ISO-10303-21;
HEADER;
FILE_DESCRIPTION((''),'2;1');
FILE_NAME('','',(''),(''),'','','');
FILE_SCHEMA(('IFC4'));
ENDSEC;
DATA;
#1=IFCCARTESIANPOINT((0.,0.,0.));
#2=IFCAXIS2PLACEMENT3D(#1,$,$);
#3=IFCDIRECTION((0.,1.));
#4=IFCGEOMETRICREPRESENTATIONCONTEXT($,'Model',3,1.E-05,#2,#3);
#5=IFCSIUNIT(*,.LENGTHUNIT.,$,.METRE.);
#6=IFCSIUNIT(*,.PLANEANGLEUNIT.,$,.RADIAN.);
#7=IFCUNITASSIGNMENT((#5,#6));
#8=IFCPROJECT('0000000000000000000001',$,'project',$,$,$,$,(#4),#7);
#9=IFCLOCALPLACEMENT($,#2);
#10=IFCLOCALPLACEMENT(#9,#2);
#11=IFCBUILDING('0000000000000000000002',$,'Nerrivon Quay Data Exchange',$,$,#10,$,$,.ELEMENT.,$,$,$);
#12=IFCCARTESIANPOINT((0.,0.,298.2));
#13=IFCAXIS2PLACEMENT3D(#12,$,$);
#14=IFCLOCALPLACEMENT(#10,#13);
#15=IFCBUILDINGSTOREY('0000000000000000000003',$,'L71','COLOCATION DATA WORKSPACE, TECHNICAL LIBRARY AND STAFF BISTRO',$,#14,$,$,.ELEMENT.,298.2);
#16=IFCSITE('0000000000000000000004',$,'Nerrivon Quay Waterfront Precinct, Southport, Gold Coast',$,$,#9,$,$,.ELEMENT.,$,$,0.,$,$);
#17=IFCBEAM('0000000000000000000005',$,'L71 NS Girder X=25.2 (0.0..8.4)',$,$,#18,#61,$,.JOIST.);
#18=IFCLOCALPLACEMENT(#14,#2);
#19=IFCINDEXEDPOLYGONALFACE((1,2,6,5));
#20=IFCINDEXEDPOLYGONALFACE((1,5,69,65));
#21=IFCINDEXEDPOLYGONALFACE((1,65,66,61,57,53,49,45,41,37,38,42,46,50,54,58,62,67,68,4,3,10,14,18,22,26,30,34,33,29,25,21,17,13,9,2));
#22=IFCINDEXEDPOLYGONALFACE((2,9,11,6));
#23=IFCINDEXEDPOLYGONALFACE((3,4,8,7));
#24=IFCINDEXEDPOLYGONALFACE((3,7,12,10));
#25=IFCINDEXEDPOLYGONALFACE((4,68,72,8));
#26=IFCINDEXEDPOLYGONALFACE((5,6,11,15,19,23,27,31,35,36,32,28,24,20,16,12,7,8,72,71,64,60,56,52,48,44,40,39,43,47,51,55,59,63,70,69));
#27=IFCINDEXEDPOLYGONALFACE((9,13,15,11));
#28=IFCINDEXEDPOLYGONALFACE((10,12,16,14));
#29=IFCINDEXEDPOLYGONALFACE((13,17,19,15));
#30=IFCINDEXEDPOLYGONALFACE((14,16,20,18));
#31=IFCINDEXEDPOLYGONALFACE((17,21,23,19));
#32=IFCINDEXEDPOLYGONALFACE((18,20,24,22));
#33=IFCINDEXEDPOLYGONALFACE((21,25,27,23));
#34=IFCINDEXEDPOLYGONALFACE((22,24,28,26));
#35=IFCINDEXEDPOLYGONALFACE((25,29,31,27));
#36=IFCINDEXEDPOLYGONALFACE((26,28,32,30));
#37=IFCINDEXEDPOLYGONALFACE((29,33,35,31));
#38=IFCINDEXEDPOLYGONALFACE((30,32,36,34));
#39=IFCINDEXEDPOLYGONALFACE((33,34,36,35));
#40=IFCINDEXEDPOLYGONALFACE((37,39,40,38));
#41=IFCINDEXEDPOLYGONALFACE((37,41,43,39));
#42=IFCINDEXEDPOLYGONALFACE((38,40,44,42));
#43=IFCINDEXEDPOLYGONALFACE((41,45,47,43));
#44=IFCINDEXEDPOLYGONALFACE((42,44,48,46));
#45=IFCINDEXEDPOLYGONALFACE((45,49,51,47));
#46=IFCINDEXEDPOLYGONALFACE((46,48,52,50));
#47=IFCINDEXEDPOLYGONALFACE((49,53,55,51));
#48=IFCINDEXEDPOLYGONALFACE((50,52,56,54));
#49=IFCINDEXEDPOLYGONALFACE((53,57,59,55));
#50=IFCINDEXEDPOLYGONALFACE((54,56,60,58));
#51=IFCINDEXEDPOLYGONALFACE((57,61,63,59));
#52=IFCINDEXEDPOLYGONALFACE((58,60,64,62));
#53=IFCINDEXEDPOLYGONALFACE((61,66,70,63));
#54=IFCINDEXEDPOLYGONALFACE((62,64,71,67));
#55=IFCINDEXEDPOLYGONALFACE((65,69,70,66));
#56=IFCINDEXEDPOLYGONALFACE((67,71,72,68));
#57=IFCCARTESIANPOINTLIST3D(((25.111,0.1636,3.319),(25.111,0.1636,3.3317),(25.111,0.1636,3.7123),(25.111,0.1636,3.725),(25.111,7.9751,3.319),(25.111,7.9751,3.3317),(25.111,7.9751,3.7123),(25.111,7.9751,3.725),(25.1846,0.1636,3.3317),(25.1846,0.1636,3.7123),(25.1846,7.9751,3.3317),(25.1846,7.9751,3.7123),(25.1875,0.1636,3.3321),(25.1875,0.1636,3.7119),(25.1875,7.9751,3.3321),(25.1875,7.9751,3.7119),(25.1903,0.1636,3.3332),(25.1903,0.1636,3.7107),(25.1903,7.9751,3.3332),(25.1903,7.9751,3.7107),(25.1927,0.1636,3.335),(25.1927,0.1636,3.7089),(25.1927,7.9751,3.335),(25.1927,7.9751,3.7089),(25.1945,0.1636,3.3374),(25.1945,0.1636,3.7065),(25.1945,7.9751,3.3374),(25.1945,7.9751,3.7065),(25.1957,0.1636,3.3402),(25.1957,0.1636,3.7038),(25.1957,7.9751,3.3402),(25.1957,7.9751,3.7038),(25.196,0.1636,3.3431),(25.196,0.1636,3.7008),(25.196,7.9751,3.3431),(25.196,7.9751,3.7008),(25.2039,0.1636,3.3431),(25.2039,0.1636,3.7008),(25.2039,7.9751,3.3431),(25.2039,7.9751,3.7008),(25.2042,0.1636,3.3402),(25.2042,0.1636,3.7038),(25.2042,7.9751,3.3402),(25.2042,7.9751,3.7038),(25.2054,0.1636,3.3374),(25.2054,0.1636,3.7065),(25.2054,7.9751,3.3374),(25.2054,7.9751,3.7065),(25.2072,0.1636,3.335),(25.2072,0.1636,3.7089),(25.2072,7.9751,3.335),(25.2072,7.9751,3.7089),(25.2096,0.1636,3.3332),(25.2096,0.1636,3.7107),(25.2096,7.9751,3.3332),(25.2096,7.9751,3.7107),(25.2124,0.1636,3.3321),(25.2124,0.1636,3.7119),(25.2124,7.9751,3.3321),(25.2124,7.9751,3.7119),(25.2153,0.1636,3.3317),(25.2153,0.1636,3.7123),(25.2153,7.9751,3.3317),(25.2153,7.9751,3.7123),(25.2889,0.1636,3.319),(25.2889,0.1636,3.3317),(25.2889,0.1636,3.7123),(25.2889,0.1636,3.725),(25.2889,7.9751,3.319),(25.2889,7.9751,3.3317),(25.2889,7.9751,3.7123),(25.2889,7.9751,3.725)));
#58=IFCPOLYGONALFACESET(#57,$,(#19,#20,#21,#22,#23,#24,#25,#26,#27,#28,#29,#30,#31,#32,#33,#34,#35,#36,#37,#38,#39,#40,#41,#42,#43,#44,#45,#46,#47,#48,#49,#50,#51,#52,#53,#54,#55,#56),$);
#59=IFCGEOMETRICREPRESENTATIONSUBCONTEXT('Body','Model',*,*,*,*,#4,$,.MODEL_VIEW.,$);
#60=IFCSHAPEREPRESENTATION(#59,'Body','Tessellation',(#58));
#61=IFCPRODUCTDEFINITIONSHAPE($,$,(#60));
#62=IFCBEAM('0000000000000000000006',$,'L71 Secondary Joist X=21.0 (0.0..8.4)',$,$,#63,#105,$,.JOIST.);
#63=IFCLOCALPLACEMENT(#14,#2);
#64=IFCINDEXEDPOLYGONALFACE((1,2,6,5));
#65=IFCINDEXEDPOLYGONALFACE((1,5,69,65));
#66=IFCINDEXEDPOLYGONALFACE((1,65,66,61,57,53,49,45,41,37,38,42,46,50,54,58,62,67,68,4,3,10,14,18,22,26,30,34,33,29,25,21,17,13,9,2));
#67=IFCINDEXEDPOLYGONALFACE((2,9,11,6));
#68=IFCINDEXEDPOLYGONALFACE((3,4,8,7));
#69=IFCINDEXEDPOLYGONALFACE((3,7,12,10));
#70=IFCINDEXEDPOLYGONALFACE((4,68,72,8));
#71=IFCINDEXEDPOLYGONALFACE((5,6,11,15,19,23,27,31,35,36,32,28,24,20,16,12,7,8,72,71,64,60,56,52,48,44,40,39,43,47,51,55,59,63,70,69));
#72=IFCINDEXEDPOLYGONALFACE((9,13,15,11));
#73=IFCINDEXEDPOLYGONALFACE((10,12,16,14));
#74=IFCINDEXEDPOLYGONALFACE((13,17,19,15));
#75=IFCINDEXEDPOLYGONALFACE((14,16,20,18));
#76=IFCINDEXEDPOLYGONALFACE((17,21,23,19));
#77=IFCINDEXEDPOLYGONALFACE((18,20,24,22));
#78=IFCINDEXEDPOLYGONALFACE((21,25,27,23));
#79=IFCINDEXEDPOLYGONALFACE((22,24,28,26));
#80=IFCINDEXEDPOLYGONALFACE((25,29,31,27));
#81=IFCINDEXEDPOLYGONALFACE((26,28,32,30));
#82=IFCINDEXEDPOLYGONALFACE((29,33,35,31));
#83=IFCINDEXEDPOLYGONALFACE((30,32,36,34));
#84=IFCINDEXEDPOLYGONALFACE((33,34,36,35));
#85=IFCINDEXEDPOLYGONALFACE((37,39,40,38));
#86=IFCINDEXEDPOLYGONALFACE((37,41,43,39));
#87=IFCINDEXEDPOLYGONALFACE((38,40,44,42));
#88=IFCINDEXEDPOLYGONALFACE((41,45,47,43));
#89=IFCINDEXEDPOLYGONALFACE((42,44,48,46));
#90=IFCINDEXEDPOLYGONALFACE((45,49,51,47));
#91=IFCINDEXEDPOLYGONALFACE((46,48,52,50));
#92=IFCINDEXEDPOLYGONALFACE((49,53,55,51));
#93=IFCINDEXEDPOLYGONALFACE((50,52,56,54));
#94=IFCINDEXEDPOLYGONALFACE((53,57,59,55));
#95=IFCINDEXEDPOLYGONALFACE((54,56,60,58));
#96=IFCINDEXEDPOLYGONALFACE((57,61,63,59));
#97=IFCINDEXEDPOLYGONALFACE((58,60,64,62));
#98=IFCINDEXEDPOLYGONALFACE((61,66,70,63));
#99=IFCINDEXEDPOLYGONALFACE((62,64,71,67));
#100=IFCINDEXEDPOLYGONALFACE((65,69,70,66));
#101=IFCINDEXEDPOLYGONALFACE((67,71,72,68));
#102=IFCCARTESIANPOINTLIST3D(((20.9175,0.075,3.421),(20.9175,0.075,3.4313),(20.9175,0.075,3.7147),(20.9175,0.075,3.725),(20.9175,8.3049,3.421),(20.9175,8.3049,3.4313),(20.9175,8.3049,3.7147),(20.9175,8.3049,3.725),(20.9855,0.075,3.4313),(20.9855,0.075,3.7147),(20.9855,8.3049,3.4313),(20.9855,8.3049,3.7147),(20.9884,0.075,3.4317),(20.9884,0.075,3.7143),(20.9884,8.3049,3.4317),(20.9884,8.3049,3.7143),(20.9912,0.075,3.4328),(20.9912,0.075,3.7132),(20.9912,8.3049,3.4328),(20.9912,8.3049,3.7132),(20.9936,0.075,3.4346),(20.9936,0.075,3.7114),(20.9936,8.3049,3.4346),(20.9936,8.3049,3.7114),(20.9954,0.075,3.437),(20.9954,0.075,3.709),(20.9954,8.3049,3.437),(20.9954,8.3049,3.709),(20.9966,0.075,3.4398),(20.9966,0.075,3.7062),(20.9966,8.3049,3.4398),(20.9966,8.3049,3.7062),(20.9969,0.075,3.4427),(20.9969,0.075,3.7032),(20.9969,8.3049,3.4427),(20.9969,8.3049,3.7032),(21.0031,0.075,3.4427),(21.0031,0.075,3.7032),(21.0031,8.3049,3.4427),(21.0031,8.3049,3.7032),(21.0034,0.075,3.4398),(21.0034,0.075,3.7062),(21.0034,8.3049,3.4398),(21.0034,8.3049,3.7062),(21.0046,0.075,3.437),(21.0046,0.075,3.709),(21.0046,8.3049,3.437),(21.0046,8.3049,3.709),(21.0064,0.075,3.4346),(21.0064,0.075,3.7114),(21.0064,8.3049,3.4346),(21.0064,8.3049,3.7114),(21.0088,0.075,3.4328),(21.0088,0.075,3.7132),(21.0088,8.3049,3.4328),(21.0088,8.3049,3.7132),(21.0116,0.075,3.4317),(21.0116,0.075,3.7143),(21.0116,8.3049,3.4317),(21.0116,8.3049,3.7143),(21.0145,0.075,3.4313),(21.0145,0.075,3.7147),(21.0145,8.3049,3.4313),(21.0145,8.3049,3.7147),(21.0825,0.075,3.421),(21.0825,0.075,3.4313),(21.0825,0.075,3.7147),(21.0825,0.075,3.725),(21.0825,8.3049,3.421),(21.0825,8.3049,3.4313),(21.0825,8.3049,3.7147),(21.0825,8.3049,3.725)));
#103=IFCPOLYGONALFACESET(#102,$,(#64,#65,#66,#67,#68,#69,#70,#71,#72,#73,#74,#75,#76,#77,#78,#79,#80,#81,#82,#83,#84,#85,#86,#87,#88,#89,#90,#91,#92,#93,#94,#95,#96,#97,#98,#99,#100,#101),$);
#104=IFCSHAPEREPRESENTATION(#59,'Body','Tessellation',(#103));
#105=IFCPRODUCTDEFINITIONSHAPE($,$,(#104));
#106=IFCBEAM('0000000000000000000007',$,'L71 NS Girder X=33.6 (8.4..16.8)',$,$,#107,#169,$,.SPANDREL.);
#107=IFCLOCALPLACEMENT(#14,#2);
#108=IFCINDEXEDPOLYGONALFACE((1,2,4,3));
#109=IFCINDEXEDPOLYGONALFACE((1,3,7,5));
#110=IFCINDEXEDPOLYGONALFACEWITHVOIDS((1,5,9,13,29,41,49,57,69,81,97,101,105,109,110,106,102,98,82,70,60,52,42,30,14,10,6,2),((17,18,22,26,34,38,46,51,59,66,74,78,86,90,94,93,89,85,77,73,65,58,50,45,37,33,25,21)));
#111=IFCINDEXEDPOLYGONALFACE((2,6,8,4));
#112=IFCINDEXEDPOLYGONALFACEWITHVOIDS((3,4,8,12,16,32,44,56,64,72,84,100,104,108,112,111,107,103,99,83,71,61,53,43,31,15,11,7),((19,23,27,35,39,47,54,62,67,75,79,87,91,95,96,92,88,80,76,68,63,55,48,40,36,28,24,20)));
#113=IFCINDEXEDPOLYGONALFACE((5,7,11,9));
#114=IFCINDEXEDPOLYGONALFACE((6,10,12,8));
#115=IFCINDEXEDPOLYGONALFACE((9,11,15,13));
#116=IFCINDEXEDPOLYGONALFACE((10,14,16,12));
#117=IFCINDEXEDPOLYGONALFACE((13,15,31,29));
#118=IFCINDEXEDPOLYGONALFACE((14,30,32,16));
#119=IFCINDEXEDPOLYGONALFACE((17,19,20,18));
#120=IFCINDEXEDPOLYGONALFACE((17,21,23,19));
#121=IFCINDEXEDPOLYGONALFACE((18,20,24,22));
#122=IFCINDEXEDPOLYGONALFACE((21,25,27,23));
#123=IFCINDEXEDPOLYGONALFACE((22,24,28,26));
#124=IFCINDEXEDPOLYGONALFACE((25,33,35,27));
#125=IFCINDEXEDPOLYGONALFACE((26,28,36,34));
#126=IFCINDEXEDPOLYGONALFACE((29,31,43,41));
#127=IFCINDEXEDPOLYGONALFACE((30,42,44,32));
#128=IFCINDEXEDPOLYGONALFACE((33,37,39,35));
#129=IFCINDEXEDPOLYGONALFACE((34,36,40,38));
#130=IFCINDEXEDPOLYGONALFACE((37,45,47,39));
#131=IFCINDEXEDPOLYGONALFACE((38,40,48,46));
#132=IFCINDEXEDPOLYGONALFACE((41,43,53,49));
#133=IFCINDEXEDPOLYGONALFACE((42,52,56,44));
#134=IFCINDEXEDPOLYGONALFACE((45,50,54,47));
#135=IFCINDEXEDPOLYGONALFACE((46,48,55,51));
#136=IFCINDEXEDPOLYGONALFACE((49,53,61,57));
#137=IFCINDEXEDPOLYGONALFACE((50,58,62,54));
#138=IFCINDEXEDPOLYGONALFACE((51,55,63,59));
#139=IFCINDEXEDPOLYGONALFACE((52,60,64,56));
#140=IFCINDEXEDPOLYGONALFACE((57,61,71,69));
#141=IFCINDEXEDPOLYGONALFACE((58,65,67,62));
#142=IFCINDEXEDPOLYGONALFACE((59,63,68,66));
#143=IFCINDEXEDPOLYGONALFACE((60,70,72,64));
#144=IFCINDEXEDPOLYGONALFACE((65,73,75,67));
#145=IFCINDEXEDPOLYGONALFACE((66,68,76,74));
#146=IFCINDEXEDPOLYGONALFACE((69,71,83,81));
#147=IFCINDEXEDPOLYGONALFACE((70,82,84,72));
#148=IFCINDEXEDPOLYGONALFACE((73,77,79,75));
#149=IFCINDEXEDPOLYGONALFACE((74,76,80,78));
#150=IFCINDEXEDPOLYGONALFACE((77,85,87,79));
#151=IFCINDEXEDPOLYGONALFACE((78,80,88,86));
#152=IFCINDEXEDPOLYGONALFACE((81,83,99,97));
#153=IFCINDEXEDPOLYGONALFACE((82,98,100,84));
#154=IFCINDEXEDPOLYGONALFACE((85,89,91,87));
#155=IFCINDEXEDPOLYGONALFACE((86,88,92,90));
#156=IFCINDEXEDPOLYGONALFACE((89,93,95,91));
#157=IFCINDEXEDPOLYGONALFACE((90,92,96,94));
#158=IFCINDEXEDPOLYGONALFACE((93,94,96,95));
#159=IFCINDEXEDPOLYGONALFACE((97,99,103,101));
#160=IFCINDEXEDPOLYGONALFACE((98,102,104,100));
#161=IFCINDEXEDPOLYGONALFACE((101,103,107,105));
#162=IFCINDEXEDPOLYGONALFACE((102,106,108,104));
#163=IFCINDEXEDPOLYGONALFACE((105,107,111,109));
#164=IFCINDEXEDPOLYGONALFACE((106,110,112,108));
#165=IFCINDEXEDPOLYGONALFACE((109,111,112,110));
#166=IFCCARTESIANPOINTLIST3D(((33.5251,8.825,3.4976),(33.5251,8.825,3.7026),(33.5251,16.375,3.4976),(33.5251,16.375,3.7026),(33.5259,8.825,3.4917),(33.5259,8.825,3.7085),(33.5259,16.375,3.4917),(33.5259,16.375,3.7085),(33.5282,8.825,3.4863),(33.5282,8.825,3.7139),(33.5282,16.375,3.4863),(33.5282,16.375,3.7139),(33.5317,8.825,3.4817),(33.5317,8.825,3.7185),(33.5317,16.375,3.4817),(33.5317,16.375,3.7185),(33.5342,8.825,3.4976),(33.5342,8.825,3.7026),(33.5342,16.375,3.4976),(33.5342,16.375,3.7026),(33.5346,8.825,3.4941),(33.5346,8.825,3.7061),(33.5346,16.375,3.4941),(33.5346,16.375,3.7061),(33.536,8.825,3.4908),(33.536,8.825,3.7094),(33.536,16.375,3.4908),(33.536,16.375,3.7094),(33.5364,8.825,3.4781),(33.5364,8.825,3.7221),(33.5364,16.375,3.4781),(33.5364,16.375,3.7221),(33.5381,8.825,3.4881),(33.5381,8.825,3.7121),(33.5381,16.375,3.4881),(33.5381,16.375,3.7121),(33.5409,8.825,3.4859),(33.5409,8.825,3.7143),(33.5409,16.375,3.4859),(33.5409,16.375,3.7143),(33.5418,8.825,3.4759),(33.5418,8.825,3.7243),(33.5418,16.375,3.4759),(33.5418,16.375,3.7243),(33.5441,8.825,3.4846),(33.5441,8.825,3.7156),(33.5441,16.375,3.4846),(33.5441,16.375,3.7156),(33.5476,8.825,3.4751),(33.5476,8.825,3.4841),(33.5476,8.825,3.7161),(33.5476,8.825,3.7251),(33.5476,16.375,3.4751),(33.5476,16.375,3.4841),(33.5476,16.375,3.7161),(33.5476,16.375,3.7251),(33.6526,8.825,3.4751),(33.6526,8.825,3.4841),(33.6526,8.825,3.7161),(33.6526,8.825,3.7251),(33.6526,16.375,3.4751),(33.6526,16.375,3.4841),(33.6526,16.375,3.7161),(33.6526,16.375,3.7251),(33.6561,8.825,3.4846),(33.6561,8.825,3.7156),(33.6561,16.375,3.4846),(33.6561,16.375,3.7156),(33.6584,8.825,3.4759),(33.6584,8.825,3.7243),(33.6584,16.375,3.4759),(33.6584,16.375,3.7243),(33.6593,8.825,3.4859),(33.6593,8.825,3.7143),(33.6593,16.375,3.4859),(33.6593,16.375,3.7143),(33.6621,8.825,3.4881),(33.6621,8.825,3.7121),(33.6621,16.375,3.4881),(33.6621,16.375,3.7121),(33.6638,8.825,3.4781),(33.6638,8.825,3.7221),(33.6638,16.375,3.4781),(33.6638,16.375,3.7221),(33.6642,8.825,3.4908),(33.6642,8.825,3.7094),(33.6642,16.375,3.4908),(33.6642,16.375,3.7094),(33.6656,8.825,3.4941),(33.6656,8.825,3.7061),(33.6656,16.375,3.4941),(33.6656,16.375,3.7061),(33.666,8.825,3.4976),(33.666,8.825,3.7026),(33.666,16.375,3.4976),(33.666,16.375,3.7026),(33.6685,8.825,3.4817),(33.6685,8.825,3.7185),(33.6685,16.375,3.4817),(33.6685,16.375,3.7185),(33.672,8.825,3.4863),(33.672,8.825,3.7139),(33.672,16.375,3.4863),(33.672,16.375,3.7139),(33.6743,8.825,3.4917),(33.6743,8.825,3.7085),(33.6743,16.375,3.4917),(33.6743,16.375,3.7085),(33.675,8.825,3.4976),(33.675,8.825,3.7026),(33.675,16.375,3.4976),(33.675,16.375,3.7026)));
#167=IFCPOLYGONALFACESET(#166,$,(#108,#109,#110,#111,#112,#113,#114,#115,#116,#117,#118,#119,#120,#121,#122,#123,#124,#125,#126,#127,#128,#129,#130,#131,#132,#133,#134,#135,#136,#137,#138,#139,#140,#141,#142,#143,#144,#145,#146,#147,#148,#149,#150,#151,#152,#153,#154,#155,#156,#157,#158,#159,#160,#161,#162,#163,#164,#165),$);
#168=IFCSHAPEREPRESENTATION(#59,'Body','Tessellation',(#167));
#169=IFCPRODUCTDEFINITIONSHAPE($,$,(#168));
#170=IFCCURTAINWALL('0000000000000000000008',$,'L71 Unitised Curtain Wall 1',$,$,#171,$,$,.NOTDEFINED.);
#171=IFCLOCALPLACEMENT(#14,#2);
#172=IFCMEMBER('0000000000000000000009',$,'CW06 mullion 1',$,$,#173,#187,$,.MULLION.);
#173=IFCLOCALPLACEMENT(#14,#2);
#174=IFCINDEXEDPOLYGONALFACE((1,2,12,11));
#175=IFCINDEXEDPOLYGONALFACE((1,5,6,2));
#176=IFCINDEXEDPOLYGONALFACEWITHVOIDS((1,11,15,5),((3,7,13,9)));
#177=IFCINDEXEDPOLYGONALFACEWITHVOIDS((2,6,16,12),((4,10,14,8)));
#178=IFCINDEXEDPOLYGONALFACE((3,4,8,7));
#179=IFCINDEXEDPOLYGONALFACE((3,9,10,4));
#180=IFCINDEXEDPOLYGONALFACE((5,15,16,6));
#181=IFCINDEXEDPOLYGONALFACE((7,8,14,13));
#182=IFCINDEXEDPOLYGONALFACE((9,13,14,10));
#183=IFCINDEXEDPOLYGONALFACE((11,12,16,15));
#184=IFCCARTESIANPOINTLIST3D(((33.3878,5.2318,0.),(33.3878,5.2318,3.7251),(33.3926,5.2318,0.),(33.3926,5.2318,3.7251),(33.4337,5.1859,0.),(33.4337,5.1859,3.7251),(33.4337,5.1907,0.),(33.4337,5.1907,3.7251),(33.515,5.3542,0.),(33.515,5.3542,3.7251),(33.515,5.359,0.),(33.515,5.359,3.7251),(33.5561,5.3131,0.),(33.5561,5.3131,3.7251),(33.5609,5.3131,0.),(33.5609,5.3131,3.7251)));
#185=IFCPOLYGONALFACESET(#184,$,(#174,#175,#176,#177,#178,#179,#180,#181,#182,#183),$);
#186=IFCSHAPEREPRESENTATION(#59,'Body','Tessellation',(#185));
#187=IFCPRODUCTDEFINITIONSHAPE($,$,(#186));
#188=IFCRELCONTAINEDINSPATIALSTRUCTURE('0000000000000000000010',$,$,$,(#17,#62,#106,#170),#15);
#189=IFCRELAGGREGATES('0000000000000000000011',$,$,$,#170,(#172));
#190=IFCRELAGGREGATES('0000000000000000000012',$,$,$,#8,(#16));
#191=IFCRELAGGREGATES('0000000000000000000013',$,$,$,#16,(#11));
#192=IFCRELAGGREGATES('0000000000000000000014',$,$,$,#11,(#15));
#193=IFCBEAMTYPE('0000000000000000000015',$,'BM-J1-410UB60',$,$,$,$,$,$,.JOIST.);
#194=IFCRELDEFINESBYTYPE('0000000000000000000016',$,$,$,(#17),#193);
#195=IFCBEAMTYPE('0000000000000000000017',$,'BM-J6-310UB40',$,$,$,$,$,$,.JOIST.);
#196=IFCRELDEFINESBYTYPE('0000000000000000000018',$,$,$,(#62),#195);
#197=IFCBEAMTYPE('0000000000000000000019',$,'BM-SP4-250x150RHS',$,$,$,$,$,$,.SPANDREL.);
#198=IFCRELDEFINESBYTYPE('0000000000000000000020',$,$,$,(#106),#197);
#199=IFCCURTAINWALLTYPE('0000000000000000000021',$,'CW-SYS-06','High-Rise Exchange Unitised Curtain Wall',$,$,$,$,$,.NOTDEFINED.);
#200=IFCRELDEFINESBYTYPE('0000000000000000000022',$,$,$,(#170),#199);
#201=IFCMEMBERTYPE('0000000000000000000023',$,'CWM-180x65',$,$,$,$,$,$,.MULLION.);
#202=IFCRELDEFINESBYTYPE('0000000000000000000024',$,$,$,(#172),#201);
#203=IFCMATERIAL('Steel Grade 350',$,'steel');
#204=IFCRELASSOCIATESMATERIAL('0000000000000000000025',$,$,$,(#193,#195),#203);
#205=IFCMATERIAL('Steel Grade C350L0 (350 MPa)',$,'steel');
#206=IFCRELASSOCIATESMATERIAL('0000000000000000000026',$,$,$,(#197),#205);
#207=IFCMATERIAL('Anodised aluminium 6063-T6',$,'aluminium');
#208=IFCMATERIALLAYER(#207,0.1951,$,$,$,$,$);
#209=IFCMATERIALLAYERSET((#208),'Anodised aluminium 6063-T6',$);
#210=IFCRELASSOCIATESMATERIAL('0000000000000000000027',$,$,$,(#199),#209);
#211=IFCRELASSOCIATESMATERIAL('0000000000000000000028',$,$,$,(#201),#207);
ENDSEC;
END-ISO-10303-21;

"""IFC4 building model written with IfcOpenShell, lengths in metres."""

from ifc_helpers import new_model, si_unit, direction, frame, origin, origin_2d, place, context, subcontext, project, spatial, hollow_rectangle, i_section, extrude, material, layer, layer_set, material_profile, profile_set, type_object, element, aggregate, save


model = new_model("IFC4")

# Units and contexts
model_context = context("Model", 3, precision=1e-05, world=origin(), true_north=direction((0.0, 1.0)))
body_context = subcontext(model_context, "Body", "Model", "MODEL_VIEW")
ifc_project = project(units=[si_unit("LENGTHUNIT", "METRE"), si_unit("PLANEANGLEUNIT", "RADIAN")], contexts=[model_context])

# Site, building, storey
site_placement = place(None, origin())
site = spatial("IfcSite", under=ifc_project, at=site_placement, Name="Nerrivon Quay Waterfront Precinct, Southport, Gold Coast", CompositionType="ELEMENT", RefElevation=0.0)
building_placement = place(site_placement, origin())
building = spatial("IfcBuilding", under=site, at=building_placement, Name="Nerrivon Quay Data Exchange", CompositionType="ELEMENT")
storey_placement = place(building_placement, frame((0.0, 0.0, 298.2)))
storey = spatial("IfcBuildingStorey", under=building, at=storey_placement, Name="L71", Description="COLOCATION DATA WORKSPACE, TECHNICAL LIBRARY AND STAFF BISTRO", CompositionType="ELEMENT", Elevation=298.2)

# Shared definitions
ifc_material_1 = material(Name="Steel Grade 350", Category="steel")

# Beams
ifc_material_profile_1 = material_profile(ifc_material_1, i_section(OverallWidth=0.178, OverallDepth=0.406, WebThickness=0.0078, FlangeThickness=0.0127, FilletRadius=0.0115, at=origin_2d()), Name="410UB59.7")
ifc_profile_set_1 = profile_set([ifc_material_profile_1], Name="Steel Grade 350")
beam_type_1 = type_object("IfcBeamType", Name="BM-J1-410UB60", PredefinedType="JOIST", material=ifc_profile_set_1)
beam_1_placement = place(storey_placement, frame((25.2, 0.1636, 3.522), z_axis=(0.0, 1.0, 0.0), x_axis=(-1.0, 0.0, 0.0)))
element("IfcBeam", 1, at=beam_1_placement, inside=storey, type_object=beam_type_1, Name="L71 NS Girder X=25.2 (0.0..8.4)", PredefinedType="JOIST", context=body_context, shape_type="SweptSolid", body=[
    extrude(i_section(OverallWidth=0.178, OverallDepth=0.406, WebThickness=0.0078, FlangeThickness=0.0127, FilletRadius=0.0115, at=origin_2d()), origin(), (0.0, 0.0, 1.0), 7.8115),
])
ifc_material_profile_2 = material_profile(ifc_material_1, i_section(OverallWidth=0.165, OverallDepth=0.304, WebThickness=0.0061, FlangeThickness=0.0103, FilletRadius=0.0115, at=origin_2d()), Name="310UB40.4")
ifc_profile_set_2 = profile_set([ifc_material_profile_2], Name="Steel Grade 350")
beam_type_2 = type_object("IfcBeamType", Name="BM-J6-310UB40", PredefinedType="JOIST", material=ifc_profile_set_2)
beam_2_placement = place(storey_placement, frame((21.0, 0.075, 3.573), z_axis=(0.0, 1.0, 0.0), x_axis=(-1.0, 0.0, 0.0)))
element("IfcBeam", 2, at=beam_2_placement, inside=storey, type_object=beam_type_2, Name="L71 Secondary Joist X=21.0 (0.0..8.4)", PredefinedType="JOIST", context=body_context, shape_type="SweptSolid", body=[
    extrude(i_section(OverallWidth=0.165, OverallDepth=0.304, WebThickness=0.0061, FlangeThickness=0.0103, FilletRadius=0.0115, at=origin_2d()), origin(), (0.0, 0.0, 1.0), 8.23),
])
ifc_material_2 = material(Name="Steel Grade C350L0 (350 MPa)", Category="steel")
ifc_material_profile_3 = material_profile(ifc_material_2, hollow_rectangle(XDim=0.1499, YDim=0.25, WallThickness=0.009, InnerFilletRadius=0.0134, OuterFilletRadius=0.0225, at=origin_2d()), Name="250x150x9.0RHS")
ifc_profile_set_3 = profile_set([ifc_material_profile_3], Name="Steel Grade C350L0 (350 MPa)")
beam_type_3 = type_object("IfcBeamType", Name="BM-SP4-250x150RHS", PredefinedType="SPANDREL", material=ifc_profile_set_3)
beam_3_placement = place(storey_placement, frame((33.6001, 8.825, 3.6001), z_axis=(0.0, 1.0, 0.0), x_axis=(-1.0, 0.0, 0.0)))
element("IfcBeam", 3, at=beam_3_placement, inside=storey, type_object=beam_type_3, Name="L71 NS Girder X=33.6 (8.4..16.8)", PredefinedType="SPANDREL", context=body_context, shape_type="SweptSolid", body=[
    extrude(hollow_rectangle(XDim=0.1499, YDim=0.25, WallThickness=0.009, InnerFilletRadius=0.0134, OuterFilletRadius=0.0225, at=origin_2d()), origin(), (0.0, 0.0, 1.0), 7.55),
])

# Curtain wall, member
ifc_material_3 = material(Name="Anodised aluminium 6063-T6", Category="aluminium")
ifc_layer_1 = layer(ifc_material_3, 0.1951)
ifc_layer_set_1 = layer_set([ifc_layer_1], Name="Anodised aluminium 6063-T6")
curtain_wall_type = type_object("IfcCurtainWallType", Name="CW-SYS-06", Description="High-Rise Exchange Unitised Curtain Wall", PredefinedType="NOTDEFINED", material=ifc_layer_set_1)
curtain_wall_1_placement = place(storey_placement, origin())
curtain_wall_1 = element("IfcCurtainWall", 4, at=curtain_wall_1_placement, inside=storey, type_object=curtain_wall_type, Name="L71 Unitised Curtain Wall 1", PredefinedType="NOTDEFINED")
ifc_material_profile_4 = material_profile(ifc_material_3, hollow_rectangle(XDim=0.0649, YDim=0.1799, WallThickness=0.0034, at=origin_2d()), Name="ALU-MULL-180x65")
ifc_profile_set_4 = profile_set([ifc_material_profile_4], Name="Anodised aluminium 6063-T6")
member_type_1 = type_object("IfcMemberType", Name="CWM-180x65", PredefinedType="MULLION", material=ifc_profile_set_4)
member_1_placement = place(storey_placement, frame((33.4744, 5.2725, 0.0), z_axis=(0.0, 0.0, 1.0), x_axis=(0.707107, -0.707107, 0.0)))
member_1 = element("IfcMember", 5, at=member_1_placement, type_object=member_type_1, Name="CW06 mullion 1", PredefinedType="MULLION", context=body_context, shape_type="SweptSolid", body=[
    extrude(hollow_rectangle(XDim=0.0649, YDim=0.1799, WallThickness=0.0034, at=origin_2d()), origin(), (0.0, 0.0, 1.0), 3.7251),
])

aggregate(curtain_wall_1, [member_1])

save(model, "model.ifc")
